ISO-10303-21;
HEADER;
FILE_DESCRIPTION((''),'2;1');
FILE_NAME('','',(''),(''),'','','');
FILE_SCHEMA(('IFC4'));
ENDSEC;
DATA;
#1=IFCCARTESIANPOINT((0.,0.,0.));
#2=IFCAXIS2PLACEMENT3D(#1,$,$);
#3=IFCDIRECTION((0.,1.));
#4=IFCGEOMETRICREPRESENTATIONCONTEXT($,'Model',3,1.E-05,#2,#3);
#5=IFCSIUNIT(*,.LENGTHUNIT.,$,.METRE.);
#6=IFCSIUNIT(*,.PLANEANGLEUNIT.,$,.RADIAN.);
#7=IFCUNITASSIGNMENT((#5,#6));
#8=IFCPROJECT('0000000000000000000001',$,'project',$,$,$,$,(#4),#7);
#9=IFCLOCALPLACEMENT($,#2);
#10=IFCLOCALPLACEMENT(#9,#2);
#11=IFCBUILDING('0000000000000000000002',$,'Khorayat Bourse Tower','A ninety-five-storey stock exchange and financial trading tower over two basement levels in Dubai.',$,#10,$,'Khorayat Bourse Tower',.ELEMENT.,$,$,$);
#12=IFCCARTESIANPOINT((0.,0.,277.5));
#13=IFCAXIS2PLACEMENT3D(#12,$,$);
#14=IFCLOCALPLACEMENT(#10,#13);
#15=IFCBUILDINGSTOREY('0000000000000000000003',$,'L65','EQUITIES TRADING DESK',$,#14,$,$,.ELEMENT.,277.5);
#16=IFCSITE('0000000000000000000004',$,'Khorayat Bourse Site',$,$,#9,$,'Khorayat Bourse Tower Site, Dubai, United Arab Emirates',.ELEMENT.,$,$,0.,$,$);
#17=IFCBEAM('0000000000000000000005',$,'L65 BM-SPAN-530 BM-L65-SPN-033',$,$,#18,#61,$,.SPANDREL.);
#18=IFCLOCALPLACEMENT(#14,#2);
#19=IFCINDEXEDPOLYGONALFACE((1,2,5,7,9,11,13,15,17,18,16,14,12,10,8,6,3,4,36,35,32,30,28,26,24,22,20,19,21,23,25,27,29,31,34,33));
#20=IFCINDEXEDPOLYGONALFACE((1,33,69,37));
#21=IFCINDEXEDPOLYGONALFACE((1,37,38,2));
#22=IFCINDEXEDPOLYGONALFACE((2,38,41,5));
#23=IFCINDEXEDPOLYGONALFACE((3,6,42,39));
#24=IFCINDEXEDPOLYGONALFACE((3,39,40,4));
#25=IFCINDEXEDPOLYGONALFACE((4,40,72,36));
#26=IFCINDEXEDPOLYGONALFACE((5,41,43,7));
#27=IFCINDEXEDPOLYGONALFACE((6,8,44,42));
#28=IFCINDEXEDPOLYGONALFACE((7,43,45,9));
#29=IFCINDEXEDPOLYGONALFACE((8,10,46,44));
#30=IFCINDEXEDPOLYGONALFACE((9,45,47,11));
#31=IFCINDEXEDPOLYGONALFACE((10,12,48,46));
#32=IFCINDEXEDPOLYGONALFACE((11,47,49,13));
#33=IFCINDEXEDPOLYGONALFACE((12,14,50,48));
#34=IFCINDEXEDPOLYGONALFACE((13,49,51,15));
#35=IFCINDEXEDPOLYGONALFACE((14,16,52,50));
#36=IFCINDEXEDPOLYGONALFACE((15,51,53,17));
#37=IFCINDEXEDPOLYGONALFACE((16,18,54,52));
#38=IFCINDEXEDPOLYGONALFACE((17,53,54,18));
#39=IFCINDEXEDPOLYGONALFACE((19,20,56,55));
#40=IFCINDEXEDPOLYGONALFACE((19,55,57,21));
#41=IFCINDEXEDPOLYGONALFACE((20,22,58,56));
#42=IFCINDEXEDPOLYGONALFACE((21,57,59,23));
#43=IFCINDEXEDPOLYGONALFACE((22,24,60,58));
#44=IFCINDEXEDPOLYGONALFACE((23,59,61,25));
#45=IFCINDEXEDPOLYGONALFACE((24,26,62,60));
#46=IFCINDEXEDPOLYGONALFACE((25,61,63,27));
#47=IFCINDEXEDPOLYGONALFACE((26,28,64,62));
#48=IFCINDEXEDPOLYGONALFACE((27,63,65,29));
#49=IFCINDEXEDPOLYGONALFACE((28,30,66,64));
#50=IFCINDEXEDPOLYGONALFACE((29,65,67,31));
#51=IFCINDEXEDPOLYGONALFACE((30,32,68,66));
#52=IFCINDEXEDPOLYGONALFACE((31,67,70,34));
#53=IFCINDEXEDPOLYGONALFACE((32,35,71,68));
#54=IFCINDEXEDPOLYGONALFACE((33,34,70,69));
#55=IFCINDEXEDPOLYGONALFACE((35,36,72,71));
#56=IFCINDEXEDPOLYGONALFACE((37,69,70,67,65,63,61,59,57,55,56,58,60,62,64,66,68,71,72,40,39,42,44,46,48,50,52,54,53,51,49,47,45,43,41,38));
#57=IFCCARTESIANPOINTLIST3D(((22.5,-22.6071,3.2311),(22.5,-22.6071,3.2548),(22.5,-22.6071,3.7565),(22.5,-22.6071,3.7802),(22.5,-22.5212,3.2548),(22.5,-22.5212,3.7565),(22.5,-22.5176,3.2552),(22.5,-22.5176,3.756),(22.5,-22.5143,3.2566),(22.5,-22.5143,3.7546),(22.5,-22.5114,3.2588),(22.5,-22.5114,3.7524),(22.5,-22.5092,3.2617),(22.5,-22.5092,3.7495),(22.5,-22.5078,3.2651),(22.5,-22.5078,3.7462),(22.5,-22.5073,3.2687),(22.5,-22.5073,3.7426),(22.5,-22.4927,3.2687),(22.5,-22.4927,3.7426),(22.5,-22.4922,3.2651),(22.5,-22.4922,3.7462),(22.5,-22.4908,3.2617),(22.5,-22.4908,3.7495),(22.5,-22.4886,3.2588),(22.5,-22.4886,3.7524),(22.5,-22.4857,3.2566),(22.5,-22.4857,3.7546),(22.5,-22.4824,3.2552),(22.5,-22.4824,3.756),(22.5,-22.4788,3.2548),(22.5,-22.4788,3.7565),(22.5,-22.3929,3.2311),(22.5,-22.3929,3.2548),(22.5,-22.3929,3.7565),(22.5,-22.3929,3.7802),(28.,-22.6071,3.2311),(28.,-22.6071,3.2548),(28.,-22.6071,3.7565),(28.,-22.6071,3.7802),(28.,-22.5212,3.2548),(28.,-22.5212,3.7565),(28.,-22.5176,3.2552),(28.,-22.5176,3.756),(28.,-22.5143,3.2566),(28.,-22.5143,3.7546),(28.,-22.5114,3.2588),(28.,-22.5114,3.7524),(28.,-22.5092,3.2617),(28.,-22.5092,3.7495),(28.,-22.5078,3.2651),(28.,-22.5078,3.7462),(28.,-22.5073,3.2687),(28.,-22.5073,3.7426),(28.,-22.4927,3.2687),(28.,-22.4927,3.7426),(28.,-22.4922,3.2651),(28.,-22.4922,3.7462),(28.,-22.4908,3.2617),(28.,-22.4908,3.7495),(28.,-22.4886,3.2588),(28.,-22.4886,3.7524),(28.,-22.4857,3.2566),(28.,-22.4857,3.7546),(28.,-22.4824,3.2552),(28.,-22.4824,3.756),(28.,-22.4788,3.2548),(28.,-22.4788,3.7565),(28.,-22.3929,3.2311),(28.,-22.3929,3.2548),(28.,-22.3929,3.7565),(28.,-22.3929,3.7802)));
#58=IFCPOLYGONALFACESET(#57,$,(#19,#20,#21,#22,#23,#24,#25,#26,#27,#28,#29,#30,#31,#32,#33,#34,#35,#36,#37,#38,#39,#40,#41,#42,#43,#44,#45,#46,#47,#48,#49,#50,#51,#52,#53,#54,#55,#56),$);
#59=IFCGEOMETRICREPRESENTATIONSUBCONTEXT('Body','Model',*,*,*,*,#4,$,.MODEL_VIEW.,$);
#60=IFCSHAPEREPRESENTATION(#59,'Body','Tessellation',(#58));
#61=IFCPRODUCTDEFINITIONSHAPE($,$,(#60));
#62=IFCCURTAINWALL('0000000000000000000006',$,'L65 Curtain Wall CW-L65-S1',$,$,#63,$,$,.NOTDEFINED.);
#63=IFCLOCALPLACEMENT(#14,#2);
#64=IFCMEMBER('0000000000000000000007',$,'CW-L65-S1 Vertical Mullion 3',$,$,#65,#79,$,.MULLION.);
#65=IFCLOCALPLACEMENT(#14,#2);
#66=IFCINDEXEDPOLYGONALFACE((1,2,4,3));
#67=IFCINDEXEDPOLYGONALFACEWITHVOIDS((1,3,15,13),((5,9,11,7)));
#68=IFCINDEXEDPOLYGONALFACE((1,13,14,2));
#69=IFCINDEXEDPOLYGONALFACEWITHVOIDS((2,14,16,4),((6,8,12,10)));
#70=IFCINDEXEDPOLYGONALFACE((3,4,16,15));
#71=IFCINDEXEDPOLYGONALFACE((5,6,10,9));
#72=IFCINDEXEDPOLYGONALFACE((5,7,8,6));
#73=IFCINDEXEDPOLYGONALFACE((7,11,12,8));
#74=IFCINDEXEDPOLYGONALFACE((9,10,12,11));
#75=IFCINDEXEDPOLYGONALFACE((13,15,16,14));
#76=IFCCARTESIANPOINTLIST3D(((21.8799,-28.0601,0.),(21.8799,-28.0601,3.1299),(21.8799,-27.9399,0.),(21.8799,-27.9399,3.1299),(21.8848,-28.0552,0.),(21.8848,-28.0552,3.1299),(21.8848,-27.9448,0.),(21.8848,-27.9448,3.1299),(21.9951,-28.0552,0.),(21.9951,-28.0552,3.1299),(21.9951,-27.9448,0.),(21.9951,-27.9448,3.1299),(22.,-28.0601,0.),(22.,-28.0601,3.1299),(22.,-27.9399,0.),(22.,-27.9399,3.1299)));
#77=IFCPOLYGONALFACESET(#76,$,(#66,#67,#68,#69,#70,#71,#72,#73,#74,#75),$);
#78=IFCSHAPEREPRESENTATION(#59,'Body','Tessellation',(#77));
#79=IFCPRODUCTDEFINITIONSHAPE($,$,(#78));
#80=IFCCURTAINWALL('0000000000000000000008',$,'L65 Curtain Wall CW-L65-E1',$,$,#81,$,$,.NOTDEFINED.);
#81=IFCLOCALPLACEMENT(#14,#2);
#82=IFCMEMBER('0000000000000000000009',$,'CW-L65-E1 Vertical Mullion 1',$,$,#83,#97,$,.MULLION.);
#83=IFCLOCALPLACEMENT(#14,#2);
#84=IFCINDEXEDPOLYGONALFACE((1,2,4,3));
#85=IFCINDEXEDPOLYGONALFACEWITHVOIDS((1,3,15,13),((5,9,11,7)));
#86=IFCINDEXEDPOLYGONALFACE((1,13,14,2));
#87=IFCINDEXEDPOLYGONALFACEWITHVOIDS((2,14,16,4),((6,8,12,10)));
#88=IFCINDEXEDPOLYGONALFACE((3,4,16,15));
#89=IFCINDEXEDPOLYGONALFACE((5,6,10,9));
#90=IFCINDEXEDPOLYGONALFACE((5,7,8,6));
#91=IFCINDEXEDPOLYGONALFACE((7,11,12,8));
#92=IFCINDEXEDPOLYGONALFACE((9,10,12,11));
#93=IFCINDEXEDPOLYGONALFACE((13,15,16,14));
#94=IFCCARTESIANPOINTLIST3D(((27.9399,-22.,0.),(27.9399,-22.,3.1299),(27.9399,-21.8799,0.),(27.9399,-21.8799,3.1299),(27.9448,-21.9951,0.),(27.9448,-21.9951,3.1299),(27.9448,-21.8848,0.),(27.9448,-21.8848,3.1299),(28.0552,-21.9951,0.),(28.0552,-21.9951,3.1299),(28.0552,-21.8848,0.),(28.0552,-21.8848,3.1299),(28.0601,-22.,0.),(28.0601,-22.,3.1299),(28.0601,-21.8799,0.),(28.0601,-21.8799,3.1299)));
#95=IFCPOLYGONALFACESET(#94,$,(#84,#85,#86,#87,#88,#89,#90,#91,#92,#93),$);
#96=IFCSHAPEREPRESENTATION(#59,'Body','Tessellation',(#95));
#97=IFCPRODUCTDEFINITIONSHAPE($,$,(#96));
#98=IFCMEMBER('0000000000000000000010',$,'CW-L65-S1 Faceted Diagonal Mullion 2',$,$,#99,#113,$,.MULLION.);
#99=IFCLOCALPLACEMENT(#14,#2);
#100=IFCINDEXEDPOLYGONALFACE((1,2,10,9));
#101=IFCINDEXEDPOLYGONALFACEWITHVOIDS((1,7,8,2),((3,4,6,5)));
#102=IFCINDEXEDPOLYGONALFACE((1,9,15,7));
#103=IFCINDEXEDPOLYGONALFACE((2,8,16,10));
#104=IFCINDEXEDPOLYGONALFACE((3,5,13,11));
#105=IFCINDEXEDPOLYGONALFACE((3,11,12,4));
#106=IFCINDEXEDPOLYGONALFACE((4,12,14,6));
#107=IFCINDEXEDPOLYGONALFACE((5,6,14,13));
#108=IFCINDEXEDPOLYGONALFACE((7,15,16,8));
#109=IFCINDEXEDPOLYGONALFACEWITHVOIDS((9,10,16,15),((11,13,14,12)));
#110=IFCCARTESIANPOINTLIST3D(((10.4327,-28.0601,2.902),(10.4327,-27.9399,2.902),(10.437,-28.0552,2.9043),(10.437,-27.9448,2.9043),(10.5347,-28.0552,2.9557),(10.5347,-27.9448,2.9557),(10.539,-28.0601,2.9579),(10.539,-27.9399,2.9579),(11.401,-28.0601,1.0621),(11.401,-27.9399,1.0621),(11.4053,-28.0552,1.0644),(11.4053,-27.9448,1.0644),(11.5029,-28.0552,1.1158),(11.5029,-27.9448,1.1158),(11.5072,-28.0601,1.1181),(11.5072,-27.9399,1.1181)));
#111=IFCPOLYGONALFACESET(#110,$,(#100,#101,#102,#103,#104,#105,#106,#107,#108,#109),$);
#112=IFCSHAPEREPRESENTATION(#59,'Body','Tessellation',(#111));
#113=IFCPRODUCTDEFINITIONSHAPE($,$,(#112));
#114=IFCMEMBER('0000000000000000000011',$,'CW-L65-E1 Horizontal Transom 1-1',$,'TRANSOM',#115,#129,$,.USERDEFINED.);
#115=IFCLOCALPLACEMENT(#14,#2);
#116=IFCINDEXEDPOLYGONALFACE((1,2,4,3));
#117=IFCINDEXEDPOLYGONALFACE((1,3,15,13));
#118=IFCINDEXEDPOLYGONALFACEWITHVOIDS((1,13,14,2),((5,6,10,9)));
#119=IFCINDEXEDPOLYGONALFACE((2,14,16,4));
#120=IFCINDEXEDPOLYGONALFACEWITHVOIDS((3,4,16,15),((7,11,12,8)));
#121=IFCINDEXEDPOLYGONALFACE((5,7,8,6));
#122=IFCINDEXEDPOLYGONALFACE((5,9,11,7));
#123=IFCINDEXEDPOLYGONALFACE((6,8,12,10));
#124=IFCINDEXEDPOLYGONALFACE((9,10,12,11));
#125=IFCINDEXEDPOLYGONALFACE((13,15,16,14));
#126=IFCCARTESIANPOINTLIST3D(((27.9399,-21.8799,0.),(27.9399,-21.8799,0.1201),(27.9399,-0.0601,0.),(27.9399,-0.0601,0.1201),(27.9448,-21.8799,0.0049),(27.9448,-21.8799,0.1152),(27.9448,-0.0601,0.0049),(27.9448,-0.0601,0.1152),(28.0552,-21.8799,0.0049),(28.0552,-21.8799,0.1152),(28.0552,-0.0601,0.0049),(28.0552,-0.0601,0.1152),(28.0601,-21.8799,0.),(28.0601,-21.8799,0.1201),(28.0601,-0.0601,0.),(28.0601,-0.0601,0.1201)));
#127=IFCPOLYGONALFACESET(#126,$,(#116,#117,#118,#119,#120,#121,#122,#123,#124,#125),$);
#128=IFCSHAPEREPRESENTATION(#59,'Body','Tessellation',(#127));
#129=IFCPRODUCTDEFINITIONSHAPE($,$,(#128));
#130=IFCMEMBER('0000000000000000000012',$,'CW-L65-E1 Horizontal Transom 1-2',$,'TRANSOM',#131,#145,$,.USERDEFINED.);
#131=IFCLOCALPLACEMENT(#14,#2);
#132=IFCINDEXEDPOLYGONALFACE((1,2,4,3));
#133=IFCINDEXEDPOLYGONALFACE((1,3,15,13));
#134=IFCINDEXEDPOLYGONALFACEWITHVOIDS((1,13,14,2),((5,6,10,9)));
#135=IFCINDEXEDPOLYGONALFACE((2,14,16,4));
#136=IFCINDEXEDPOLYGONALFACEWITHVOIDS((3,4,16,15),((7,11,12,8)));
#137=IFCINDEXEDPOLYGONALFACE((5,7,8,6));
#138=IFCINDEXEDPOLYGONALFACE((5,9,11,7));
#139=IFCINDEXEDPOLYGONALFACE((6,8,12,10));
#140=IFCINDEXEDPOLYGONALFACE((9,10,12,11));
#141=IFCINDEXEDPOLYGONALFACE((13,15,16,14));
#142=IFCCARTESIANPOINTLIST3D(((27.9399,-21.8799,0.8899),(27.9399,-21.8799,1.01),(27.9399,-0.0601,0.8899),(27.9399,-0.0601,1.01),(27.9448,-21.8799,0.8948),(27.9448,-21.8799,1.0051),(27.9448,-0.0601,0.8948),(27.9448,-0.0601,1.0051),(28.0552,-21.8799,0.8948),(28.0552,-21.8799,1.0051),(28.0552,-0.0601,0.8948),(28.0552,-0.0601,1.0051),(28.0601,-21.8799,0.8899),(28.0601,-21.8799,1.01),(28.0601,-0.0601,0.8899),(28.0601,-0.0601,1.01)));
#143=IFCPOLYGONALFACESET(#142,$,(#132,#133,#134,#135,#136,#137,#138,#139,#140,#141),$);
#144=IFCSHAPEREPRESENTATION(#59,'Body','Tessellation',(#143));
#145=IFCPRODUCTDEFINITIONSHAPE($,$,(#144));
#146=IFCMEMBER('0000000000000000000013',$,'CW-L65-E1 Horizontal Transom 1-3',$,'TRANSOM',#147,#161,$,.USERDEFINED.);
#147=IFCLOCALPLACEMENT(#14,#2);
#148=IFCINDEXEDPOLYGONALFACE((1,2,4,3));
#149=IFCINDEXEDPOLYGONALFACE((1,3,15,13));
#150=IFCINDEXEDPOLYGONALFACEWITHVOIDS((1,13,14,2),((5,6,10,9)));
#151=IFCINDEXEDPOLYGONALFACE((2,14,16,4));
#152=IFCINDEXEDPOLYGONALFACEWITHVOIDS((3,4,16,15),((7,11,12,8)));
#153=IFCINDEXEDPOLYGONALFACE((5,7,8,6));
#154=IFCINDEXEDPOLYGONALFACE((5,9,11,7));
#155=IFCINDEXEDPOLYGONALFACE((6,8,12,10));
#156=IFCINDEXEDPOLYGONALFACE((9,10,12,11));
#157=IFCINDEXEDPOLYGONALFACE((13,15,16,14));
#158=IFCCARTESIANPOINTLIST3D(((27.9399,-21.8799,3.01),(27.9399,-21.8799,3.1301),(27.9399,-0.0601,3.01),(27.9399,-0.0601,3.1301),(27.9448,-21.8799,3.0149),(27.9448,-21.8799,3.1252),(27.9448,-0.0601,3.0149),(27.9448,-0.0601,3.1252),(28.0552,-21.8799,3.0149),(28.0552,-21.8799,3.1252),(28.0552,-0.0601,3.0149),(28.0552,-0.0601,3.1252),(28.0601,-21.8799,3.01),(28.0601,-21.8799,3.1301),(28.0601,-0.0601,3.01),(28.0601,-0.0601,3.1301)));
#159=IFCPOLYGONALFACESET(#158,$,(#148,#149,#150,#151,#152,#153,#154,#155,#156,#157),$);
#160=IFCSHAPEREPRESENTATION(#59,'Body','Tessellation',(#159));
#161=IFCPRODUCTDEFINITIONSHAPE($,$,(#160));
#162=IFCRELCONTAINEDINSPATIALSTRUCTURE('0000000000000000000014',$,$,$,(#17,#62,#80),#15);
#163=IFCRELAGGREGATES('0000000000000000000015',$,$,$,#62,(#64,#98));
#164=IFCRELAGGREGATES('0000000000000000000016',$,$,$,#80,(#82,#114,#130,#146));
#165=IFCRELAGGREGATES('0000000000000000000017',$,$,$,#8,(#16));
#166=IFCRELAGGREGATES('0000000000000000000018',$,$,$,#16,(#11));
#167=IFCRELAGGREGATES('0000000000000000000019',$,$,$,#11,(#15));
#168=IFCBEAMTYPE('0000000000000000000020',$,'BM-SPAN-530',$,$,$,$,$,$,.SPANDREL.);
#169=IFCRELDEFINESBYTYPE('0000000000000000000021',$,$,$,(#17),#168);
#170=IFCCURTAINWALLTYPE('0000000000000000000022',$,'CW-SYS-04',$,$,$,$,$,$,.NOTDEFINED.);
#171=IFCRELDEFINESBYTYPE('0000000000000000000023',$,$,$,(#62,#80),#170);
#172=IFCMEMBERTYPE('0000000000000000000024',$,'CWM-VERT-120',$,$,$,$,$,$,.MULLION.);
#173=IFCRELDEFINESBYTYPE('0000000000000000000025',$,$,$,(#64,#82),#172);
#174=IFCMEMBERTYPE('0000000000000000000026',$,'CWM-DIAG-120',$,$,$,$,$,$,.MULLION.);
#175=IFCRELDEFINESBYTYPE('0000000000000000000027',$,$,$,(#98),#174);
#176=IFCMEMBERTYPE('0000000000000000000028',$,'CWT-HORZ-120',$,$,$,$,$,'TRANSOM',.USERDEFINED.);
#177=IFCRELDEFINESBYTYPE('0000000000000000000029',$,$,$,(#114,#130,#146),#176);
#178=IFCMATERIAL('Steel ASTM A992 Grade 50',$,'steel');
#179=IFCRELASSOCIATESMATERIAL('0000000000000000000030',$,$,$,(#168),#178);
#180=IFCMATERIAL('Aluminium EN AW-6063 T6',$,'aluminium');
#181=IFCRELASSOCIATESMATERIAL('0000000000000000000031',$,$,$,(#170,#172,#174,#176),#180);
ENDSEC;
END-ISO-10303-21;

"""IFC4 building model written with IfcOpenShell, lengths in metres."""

from ifc_helpers import new_model, si_unit, direction, frame, origin, origin_2d, place, context, subcontext, project, spatial, hollow_rectangle, i_section, extrude, source, transform, mapped, material, material_profile, profile_set, type_object, element, aggregate, save


model = new_model("IFC4")

# Units and contexts
model_context = context("Model", 3, precision=1e-05, world=origin(), true_north=direction((0.0, 1.0)))
body_context = subcontext(model_context, "Body", "Model", "MODEL_VIEW")
ifc_project = project(units=[si_unit("LENGTHUNIT", "METRE"), si_unit("PLANEANGLEUNIT", "RADIAN")], contexts=[model_context])

# Site, building, storey
site_placement = place(None, origin())
site = spatial("IfcSite", under=ifc_project, at=site_placement, Name="Khorayat Bourse Site", LongName="Khorayat Bourse Tower Site, Dubai, United Arab Emirates", CompositionType="ELEMENT", RefElevation=0.0)
building_placement = place(site_placement, origin())
building = spatial("IfcBuilding", under=site, at=building_placement, Name="Khorayat Bourse Tower", Description="A ninety-five-storey stock exchange and financial trading tower over two basement levels in Dubai.", LongName="Khorayat Bourse Tower", CompositionType="ELEMENT")
storey_placement = place(building_placement, frame((0.0, 0.0, 277.5)))
storey = spatial("IfcBuildingStorey", under=building, at=storey_placement, Name="L65", Description="EQUITIES TRADING DESK", CompositionType="ELEMENT", Elevation=277.5)

# Beam
ifc_material_1 = material(Name="Steel ASTM A992 Grade 50", Category="steel")
ifc_material_profile_1 = material_profile(ifc_material_1, i_section(OverallWidth=0.2141, OverallDepth=0.5491, WebThickness=0.0146, FlangeThickness=0.0237, FilletRadius=0.0139, at=origin_2d()), Name="W530X138")
ifc_profile_set_1 = profile_set([ifc_material_profile_1], Name="Steel ASTM A992 Grade 50")
beam_type_1 = type_object("IfcBeamType", Name="BM-SPAN-530", PredefinedType="SPANDREL", material=ifc_profile_set_1)
shared_shape_1 = source(origin(), body_context, "Body", "SweptSolid", [
    extrude(i_section(OverallWidth=0.2141, OverallDepth=0.5491, WebThickness=0.0146, FlangeThickness=0.0237, FilletRadius=0.0139, at=origin_2d()), origin(), (0.0, 0.0, 1.0), 5.5),
])
for number, where, z_axis, x_axis, name in (
    (1, (22.5, -22.5, 3.5056), (1.0, 0.0, 0.0), (0.0, 1.0, 0.0), "L65 BM-SPAN-530 BM-L65-SPN-033"),
):
    element("IfcBeam", number, at=place(storey_placement, frame(where, z_axis=z_axis, x_axis=x_axis)), inside=storey, type_object=beam_type_1, Name=name, PredefinedType="SPANDREL", context=body_context, shape_type="MappedRepresentation", body=[
        mapped(shared_shape_1, transform((0.0, 0.0, 0.0), scale=1.0)),
    ])

# Curtain walls, members
ifc_material_2 = material(Name="Aluminium EN AW-6063 T6", Category="aluminium")
curtain_wall_type = type_object("IfcCurtainWallType", Name="CW-SYS-04", PredefinedType="NOTDEFINED", material=ifc_material_2)
curtain_wall_1_placement = place(storey_placement, origin())
curtain_wall_1 = element("IfcCurtainWall", 2, at=curtain_wall_1_placement, inside=storey, type_object=curtain_wall_type, Name="L65 Curtain Wall CW-L65-S1", PredefinedType="NOTDEFINED")
ifc_material_profile_2 = material_profile(ifc_material_2, hollow_rectangle(XDim=0.1201, YDim=0.1201, WallThickness=0.0049, at=origin_2d()), Name="ALU 120x120x5")
ifc_profile_set_2 = profile_set([ifc_material_profile_2], Name="Aluminium EN AW-6063 T6")
member_type_1 = type_object("IfcMemberType", Name="CWM-VERT-120", PredefinedType="MULLION", material=ifc_profile_set_2)
shared_shape_2 = source(origin(), body_context, "Body", "SweptSolid", [
    extrude(hollow_rectangle(XDim=0.1201, YDim=0.1201, WallThickness=0.0049, at=origin_2d()), origin(), (0.0, 0.0, 1.0), 3.1299),
])
member_1_placement = place(storey_placement, frame((21.9399, -28.0, 0.0), z_axis=(0.0, 0.0, 1.0), x_axis=(0.0, 1.0, 0.0)))
member_1 = element("IfcMember", 3, at=member_1_placement, type_object=member_type_1, Name="CW-L65-S1 Vertical Mullion 3", PredefinedType="MULLION", context=body_context, shape_type="MappedRepresentation", body=[
    mapped(shared_shape_2, transform((0.0, 0.0, 0.0), scale=1.0)),
])
curtain_wall_2_placement = place(storey_placement, origin())
curtain_wall_2 = element("IfcCurtainWall", 4, at=curtain_wall_2_placement, inside=storey, type_object=curtain_wall_type, Name="L65 Curtain Wall CW-L65-E1", PredefinedType="NOTDEFINED")
member_2_placement = place(storey_placement, frame((28.0, -21.9399, 0.0), z_axis=(0.0, 0.0, 1.0), x_axis=(-1.0, 0.0, 0.0)))
member_2 = element("IfcMember", 5, at=member_2_placement, type_object=member_type_1, Name="CW-L65-E1 Vertical Mullion 1", PredefinedType="MULLION", context=body_context, shape_type="MappedRepresentation", body=[
    mapped(shared_shape_2, transform((0.0, 0.0, 0.0), scale=1.0)),
])

# Members
ifc_material_profile_3 = material_profile(ifc_material_2, hollow_rectangle(XDim=0.1201, YDim=0.1201, WallThickness=0.0049, at=origin_2d()), Name="ALU 120x120x5")
ifc_profile_set_3 = profile_set([ifc_material_profile_3], Name="Aluminium EN AW-6063 T6")
member_type_2 = type_object("IfcMemberType", Name="CWM-DIAG-120", PredefinedType="MULLION", material=ifc_profile_set_3)
shared_shape_3 = source(origin(), body_context, "Body", "SweptSolid", [
    extrude(hollow_rectangle(XDim=0.1201, YDim=0.1201, WallThickness=0.0049, at=origin_2d()), origin(), (0.0, 0.0, 1.0), 2.0791),
])
member_3_placement = place(storey_placement, frame((11.4541, -28.0, 1.0901), z_axis=(-0.465717, 0.0, 0.884934), x_axis=(0.0, -1.0, 0.0)))
member_3 = element("IfcMember", 6, at=member_3_placement, type_object=member_type_2, Name="CW-L65-S1 Faceted Diagonal Mullion 2", PredefinedType="MULLION", context=body_context, shape_type="MappedRepresentation", body=[
    mapped(shared_shape_3, transform((0.0, 0.0, 0.0), scale=1.0)),
])
aggregate(curtain_wall_1, [member_1, member_3])
ifc_material_profile_4 = material_profile(ifc_material_2, hollow_rectangle(XDim=0.1201, YDim=0.1201, WallThickness=0.0049, at=origin_2d()), Name="ALU 120x120x5")
ifc_profile_set_4 = profile_set([ifc_material_profile_4], Name="Aluminium EN AW-6063 T6")
member_type_3 = type_object("IfcMemberType", Name="CWT-HORZ-120", ElementType="TRANSOM", PredefinedType="USERDEFINED", material=ifc_profile_set_4)
shared_shape_4 = source(origin(), body_context, "Body", "SweptSolid", [
    extrude(hollow_rectangle(XDim=0.1201, YDim=0.1201, WallThickness=0.0049, at=origin_2d()), origin(), (0.0, 0.0, 1.0), 21.8198),
])
member_4_placement = place(storey_placement, frame((28.0, -21.8799, 0.0601), z_axis=(0.0, 1.0, 0.0), x_axis=(-1.0, 0.0, 0.0)))
member_4 = element("IfcMember", 7, at=member_4_placement, type_object=member_type_3, Name="CW-L65-E1 Horizontal Transom 1-1", ObjectType="TRANSOM", PredefinedType="USERDEFINED", context=body_context, shape_type="MappedRepresentation", body=[
    mapped(shared_shape_4, transform((0.0, 0.0, 0.0), scale=1.0)),
])
member_5_placement = place(storey_placement, frame((28.0, -21.8799, 0.95), z_axis=(0.0, 1.0, 0.0), x_axis=(-1.0, 0.0, 0.0)))
member_5 = element("IfcMember", 8, at=member_5_placement, type_object=member_type_3, Name="CW-L65-E1 Horizontal Transom 1-2", ObjectType="TRANSOM", PredefinedType="USERDEFINED", context=body_context, shape_type="MappedRepresentation", body=[
    mapped(shared_shape_4, transform((0.0, 0.0, 0.0), scale=1.0)),
])
member_6_placement = place(storey_placement, frame((28.0, -21.8799, 3.0701), z_axis=(0.0, 1.0, 0.0), x_axis=(-1.0, 0.0, 0.0)))
member_6 = element("IfcMember", 9, at=member_6_placement, type_object=member_type_3, Name="CW-L65-E1 Horizontal Transom 1-3", ObjectType="TRANSOM", PredefinedType="USERDEFINED", context=body_context, shape_type="MappedRepresentation", body=[
    mapped(shared_shape_4, transform((0.0, 0.0, 0.0), scale=1.0)),
])
aggregate(curtain_wall_2, [member_2, member_4, member_5, member_6])

save(model, "model.ifc")
